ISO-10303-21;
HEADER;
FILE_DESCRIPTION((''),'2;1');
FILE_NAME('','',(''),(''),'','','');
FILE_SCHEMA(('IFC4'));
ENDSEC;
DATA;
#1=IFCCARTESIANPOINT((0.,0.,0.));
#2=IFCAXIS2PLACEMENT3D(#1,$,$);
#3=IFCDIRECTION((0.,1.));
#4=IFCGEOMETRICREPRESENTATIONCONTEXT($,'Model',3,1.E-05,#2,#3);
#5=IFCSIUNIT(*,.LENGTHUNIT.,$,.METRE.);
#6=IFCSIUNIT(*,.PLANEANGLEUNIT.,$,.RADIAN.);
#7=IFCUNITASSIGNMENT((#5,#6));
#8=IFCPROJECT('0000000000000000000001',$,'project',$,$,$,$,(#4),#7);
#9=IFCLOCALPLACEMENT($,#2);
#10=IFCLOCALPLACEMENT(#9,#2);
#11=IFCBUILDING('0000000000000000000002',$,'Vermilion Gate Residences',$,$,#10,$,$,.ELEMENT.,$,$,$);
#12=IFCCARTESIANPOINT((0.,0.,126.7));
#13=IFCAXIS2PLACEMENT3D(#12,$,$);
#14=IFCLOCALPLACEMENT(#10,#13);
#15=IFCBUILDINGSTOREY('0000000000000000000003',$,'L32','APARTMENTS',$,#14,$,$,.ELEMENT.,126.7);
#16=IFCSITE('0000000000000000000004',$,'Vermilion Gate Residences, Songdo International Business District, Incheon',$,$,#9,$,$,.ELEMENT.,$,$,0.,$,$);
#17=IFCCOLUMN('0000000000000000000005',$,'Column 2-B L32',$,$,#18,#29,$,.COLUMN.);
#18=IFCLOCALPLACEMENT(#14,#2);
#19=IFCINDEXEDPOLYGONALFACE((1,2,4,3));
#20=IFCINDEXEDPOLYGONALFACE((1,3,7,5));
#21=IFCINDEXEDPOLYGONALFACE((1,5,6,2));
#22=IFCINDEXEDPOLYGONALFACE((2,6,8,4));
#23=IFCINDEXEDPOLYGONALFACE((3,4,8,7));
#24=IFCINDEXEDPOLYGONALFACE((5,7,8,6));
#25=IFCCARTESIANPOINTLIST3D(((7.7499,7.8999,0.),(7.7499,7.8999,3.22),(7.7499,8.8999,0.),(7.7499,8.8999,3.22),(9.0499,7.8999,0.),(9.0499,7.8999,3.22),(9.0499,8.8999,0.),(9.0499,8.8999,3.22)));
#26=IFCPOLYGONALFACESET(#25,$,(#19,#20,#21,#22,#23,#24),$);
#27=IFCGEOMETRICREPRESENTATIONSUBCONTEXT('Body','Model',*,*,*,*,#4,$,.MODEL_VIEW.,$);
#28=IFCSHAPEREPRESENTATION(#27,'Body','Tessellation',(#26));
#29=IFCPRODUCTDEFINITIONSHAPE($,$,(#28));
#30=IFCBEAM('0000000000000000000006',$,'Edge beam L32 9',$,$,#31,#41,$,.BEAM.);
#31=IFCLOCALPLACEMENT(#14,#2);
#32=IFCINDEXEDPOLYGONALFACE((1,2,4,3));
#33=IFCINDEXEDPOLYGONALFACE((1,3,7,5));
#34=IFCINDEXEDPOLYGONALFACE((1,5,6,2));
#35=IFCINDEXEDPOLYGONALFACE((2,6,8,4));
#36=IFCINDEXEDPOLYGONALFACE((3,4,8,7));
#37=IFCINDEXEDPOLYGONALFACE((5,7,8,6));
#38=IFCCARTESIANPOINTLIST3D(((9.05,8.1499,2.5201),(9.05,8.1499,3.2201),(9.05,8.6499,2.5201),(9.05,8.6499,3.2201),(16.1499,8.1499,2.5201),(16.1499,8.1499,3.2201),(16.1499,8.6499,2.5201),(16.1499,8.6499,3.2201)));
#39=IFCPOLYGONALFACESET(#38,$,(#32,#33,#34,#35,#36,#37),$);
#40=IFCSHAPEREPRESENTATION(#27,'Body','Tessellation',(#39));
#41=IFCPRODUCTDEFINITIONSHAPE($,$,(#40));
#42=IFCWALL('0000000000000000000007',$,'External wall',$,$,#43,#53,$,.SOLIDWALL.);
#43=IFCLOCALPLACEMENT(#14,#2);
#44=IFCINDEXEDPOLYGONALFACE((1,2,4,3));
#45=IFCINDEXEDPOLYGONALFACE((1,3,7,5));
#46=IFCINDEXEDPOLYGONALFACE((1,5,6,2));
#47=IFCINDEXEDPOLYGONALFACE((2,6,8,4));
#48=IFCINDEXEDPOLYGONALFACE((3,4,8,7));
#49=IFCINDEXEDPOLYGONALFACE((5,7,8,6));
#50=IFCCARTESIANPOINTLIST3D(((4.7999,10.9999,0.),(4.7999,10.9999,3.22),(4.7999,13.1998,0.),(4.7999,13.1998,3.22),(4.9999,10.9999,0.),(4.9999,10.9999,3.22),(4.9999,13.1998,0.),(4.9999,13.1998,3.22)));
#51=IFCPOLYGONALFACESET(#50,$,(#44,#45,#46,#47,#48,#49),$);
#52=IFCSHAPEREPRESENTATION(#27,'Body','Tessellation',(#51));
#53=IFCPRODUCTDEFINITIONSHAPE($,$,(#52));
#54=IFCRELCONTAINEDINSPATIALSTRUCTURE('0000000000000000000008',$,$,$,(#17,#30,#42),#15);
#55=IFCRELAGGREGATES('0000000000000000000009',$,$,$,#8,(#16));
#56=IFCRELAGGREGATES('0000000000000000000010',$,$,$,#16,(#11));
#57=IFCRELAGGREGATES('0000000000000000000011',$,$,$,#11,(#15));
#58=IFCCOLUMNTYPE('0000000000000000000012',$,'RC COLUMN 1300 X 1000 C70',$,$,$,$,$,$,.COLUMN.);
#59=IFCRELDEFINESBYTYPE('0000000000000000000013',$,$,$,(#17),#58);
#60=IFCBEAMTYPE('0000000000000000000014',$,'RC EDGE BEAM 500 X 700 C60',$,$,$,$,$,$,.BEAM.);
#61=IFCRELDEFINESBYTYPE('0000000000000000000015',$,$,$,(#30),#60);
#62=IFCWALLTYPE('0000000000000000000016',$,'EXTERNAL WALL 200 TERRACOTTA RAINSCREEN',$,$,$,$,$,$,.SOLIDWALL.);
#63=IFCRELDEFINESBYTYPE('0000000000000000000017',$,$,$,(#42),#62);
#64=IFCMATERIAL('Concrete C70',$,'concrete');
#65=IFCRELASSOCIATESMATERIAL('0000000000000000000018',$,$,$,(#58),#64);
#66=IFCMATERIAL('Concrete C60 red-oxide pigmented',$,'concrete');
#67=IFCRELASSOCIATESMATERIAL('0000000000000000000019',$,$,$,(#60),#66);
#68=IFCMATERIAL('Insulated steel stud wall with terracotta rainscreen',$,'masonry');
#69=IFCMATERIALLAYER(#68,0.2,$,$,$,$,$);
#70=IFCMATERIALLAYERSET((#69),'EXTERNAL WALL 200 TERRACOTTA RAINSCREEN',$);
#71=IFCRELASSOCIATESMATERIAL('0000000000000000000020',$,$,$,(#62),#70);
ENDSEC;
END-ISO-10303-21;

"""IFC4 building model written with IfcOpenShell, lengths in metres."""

from ifc_helpers import new_model, si_unit, direction, frame, frame_2d, origin, origin_2d, place, context, subcontext, project, spatial, rectangle, extrude, material, layer, layer_set, material_profile, profile_set, type_object, element, save


model = new_model("IFC4")

# Units and contexts
model_context = context("Model", 3, precision=1e-05, world=origin(), true_north=direction((0.0, 1.0)))
body_context = subcontext(model_context, "Body", "Model", "MODEL_VIEW")
ifc_project = project(units=[si_unit("LENGTHUNIT", "METRE"), si_unit("PLANEANGLEUNIT", "RADIAN")], contexts=[model_context])

# Site, building, storey
site_placement = place(None, origin())
site = spatial("IfcSite", under=ifc_project, at=site_placement, Name="Vermilion Gate Residences, Songdo International Business District, Incheon", CompositionType="ELEMENT", RefElevation=0.0)
building_placement = place(site_placement, origin())
building = spatial("IfcBuilding", under=site, at=building_placement, Name="Vermilion Gate Residences", CompositionType="ELEMENT")
storey_placement = place(building_placement, frame((0.0, 0.0, 126.7)))
storey = spatial("IfcBuildingStorey", under=building, at=storey_placement, Name="L32", Description="APARTMENTS", CompositionType="ELEMENT", Elevation=126.7)

# Column
ifc_material_1 = material(Name="Concrete C70", Category="concrete")
ifc_material_profile_1 = material_profile(ifc_material_1, rectangle(XDim=1.3, YDim=1.0, at=origin_2d()), Name="RC-1300x1000")
ifc_profile_set_1 = profile_set([ifc_material_profile_1], Name="Concrete C70")
column_type = type_object("IfcColumnType", Name="RC COLUMN 1300 X 1000 C70", PredefinedType="COLUMN", material=ifc_profile_set_1)
column_placement = place(storey_placement, frame((8.3999, 8.3999, 0.0), z_axis=(0.0, 0.0, 1.0), x_axis=(1.0, 0.0, 0.0)))
element("IfcColumn", 1, at=column_placement, inside=storey, type_object=column_type, Name="Column 2-B L32", PredefinedType="COLUMN", context=body_context, shape_type="SweptSolid", body=[
    extrude(rectangle(XDim=1.3, YDim=1.0, at=origin_2d()), origin(), (0.0, 0.0, 1.0), 3.22),
])

# Beam
ifc_material_2 = material(Name="Concrete C60 red-oxide pigmented", Category="concrete")
ifc_material_profile_2 = material_profile(ifc_material_2, rectangle(XDim=0.5, YDim=0.7, at=origin_2d()), Name="RC-500x700")
ifc_profile_set_2 = profile_set([ifc_material_profile_2], Name="Concrete C60 red-oxide pigmented")
beam_type = type_object("IfcBeamType", Name="RC EDGE BEAM 500 X 700 C60", PredefinedType="BEAM", material=ifc_profile_set_2)
beam_placement = place(storey_placement, frame((9.05, 8.3999, 2.8701), z_axis=(1.0, 0.0, 0.0), x_axis=(0.0, 1.0, 0.0)))
element("IfcBeam", 2, at=beam_placement, inside=storey, type_object=beam_type, Name="Edge beam L32 9", PredefinedType="BEAM", context=body_context, shape_type="SweptSolid", body=[
    extrude(rectangle(XDim=0.5, YDim=0.7, at=origin_2d()), origin(), (0.0, 0.0, 1.0), 7.0999),
])

# Wall
ifc_material_3 = material(Name="Insulated steel stud wall with terracotta rainscreen", Category="masonry")
ifc_layer_1 = layer(ifc_material_3, 0.2)
ifc_layer_set_1 = layer_set([ifc_layer_1], Name="EXTERNAL WALL 200 TERRACOTTA RAINSCREEN")
wall_type_1 = type_object("IfcWallType", Name="EXTERNAL WALL 200 TERRACOTTA RAINSCREEN", PredefinedType="SOLIDWALL", material=ifc_layer_set_1)
wall_1_placement = place(storey_placement, frame((4.8999, 13.2, 0.0), z_axis=(0.0, 0.0, 1.0), x_axis=(0.0, -1.0, 0.0)))
element("IfcWall", 3, at=wall_1_placement, inside=storey, type_object=wall_type_1, Name="External wall", PredefinedType="SOLIDWALL", context=body_context, shape_type="SweptSolid", body=[
    extrude(rectangle(XDim=2.2, YDim=0.2, at=frame_2d((1.1001, 0.0))), origin(), (0.0, 0.0, 1.0), 3.22),
])

save(model, "model.ifc")
